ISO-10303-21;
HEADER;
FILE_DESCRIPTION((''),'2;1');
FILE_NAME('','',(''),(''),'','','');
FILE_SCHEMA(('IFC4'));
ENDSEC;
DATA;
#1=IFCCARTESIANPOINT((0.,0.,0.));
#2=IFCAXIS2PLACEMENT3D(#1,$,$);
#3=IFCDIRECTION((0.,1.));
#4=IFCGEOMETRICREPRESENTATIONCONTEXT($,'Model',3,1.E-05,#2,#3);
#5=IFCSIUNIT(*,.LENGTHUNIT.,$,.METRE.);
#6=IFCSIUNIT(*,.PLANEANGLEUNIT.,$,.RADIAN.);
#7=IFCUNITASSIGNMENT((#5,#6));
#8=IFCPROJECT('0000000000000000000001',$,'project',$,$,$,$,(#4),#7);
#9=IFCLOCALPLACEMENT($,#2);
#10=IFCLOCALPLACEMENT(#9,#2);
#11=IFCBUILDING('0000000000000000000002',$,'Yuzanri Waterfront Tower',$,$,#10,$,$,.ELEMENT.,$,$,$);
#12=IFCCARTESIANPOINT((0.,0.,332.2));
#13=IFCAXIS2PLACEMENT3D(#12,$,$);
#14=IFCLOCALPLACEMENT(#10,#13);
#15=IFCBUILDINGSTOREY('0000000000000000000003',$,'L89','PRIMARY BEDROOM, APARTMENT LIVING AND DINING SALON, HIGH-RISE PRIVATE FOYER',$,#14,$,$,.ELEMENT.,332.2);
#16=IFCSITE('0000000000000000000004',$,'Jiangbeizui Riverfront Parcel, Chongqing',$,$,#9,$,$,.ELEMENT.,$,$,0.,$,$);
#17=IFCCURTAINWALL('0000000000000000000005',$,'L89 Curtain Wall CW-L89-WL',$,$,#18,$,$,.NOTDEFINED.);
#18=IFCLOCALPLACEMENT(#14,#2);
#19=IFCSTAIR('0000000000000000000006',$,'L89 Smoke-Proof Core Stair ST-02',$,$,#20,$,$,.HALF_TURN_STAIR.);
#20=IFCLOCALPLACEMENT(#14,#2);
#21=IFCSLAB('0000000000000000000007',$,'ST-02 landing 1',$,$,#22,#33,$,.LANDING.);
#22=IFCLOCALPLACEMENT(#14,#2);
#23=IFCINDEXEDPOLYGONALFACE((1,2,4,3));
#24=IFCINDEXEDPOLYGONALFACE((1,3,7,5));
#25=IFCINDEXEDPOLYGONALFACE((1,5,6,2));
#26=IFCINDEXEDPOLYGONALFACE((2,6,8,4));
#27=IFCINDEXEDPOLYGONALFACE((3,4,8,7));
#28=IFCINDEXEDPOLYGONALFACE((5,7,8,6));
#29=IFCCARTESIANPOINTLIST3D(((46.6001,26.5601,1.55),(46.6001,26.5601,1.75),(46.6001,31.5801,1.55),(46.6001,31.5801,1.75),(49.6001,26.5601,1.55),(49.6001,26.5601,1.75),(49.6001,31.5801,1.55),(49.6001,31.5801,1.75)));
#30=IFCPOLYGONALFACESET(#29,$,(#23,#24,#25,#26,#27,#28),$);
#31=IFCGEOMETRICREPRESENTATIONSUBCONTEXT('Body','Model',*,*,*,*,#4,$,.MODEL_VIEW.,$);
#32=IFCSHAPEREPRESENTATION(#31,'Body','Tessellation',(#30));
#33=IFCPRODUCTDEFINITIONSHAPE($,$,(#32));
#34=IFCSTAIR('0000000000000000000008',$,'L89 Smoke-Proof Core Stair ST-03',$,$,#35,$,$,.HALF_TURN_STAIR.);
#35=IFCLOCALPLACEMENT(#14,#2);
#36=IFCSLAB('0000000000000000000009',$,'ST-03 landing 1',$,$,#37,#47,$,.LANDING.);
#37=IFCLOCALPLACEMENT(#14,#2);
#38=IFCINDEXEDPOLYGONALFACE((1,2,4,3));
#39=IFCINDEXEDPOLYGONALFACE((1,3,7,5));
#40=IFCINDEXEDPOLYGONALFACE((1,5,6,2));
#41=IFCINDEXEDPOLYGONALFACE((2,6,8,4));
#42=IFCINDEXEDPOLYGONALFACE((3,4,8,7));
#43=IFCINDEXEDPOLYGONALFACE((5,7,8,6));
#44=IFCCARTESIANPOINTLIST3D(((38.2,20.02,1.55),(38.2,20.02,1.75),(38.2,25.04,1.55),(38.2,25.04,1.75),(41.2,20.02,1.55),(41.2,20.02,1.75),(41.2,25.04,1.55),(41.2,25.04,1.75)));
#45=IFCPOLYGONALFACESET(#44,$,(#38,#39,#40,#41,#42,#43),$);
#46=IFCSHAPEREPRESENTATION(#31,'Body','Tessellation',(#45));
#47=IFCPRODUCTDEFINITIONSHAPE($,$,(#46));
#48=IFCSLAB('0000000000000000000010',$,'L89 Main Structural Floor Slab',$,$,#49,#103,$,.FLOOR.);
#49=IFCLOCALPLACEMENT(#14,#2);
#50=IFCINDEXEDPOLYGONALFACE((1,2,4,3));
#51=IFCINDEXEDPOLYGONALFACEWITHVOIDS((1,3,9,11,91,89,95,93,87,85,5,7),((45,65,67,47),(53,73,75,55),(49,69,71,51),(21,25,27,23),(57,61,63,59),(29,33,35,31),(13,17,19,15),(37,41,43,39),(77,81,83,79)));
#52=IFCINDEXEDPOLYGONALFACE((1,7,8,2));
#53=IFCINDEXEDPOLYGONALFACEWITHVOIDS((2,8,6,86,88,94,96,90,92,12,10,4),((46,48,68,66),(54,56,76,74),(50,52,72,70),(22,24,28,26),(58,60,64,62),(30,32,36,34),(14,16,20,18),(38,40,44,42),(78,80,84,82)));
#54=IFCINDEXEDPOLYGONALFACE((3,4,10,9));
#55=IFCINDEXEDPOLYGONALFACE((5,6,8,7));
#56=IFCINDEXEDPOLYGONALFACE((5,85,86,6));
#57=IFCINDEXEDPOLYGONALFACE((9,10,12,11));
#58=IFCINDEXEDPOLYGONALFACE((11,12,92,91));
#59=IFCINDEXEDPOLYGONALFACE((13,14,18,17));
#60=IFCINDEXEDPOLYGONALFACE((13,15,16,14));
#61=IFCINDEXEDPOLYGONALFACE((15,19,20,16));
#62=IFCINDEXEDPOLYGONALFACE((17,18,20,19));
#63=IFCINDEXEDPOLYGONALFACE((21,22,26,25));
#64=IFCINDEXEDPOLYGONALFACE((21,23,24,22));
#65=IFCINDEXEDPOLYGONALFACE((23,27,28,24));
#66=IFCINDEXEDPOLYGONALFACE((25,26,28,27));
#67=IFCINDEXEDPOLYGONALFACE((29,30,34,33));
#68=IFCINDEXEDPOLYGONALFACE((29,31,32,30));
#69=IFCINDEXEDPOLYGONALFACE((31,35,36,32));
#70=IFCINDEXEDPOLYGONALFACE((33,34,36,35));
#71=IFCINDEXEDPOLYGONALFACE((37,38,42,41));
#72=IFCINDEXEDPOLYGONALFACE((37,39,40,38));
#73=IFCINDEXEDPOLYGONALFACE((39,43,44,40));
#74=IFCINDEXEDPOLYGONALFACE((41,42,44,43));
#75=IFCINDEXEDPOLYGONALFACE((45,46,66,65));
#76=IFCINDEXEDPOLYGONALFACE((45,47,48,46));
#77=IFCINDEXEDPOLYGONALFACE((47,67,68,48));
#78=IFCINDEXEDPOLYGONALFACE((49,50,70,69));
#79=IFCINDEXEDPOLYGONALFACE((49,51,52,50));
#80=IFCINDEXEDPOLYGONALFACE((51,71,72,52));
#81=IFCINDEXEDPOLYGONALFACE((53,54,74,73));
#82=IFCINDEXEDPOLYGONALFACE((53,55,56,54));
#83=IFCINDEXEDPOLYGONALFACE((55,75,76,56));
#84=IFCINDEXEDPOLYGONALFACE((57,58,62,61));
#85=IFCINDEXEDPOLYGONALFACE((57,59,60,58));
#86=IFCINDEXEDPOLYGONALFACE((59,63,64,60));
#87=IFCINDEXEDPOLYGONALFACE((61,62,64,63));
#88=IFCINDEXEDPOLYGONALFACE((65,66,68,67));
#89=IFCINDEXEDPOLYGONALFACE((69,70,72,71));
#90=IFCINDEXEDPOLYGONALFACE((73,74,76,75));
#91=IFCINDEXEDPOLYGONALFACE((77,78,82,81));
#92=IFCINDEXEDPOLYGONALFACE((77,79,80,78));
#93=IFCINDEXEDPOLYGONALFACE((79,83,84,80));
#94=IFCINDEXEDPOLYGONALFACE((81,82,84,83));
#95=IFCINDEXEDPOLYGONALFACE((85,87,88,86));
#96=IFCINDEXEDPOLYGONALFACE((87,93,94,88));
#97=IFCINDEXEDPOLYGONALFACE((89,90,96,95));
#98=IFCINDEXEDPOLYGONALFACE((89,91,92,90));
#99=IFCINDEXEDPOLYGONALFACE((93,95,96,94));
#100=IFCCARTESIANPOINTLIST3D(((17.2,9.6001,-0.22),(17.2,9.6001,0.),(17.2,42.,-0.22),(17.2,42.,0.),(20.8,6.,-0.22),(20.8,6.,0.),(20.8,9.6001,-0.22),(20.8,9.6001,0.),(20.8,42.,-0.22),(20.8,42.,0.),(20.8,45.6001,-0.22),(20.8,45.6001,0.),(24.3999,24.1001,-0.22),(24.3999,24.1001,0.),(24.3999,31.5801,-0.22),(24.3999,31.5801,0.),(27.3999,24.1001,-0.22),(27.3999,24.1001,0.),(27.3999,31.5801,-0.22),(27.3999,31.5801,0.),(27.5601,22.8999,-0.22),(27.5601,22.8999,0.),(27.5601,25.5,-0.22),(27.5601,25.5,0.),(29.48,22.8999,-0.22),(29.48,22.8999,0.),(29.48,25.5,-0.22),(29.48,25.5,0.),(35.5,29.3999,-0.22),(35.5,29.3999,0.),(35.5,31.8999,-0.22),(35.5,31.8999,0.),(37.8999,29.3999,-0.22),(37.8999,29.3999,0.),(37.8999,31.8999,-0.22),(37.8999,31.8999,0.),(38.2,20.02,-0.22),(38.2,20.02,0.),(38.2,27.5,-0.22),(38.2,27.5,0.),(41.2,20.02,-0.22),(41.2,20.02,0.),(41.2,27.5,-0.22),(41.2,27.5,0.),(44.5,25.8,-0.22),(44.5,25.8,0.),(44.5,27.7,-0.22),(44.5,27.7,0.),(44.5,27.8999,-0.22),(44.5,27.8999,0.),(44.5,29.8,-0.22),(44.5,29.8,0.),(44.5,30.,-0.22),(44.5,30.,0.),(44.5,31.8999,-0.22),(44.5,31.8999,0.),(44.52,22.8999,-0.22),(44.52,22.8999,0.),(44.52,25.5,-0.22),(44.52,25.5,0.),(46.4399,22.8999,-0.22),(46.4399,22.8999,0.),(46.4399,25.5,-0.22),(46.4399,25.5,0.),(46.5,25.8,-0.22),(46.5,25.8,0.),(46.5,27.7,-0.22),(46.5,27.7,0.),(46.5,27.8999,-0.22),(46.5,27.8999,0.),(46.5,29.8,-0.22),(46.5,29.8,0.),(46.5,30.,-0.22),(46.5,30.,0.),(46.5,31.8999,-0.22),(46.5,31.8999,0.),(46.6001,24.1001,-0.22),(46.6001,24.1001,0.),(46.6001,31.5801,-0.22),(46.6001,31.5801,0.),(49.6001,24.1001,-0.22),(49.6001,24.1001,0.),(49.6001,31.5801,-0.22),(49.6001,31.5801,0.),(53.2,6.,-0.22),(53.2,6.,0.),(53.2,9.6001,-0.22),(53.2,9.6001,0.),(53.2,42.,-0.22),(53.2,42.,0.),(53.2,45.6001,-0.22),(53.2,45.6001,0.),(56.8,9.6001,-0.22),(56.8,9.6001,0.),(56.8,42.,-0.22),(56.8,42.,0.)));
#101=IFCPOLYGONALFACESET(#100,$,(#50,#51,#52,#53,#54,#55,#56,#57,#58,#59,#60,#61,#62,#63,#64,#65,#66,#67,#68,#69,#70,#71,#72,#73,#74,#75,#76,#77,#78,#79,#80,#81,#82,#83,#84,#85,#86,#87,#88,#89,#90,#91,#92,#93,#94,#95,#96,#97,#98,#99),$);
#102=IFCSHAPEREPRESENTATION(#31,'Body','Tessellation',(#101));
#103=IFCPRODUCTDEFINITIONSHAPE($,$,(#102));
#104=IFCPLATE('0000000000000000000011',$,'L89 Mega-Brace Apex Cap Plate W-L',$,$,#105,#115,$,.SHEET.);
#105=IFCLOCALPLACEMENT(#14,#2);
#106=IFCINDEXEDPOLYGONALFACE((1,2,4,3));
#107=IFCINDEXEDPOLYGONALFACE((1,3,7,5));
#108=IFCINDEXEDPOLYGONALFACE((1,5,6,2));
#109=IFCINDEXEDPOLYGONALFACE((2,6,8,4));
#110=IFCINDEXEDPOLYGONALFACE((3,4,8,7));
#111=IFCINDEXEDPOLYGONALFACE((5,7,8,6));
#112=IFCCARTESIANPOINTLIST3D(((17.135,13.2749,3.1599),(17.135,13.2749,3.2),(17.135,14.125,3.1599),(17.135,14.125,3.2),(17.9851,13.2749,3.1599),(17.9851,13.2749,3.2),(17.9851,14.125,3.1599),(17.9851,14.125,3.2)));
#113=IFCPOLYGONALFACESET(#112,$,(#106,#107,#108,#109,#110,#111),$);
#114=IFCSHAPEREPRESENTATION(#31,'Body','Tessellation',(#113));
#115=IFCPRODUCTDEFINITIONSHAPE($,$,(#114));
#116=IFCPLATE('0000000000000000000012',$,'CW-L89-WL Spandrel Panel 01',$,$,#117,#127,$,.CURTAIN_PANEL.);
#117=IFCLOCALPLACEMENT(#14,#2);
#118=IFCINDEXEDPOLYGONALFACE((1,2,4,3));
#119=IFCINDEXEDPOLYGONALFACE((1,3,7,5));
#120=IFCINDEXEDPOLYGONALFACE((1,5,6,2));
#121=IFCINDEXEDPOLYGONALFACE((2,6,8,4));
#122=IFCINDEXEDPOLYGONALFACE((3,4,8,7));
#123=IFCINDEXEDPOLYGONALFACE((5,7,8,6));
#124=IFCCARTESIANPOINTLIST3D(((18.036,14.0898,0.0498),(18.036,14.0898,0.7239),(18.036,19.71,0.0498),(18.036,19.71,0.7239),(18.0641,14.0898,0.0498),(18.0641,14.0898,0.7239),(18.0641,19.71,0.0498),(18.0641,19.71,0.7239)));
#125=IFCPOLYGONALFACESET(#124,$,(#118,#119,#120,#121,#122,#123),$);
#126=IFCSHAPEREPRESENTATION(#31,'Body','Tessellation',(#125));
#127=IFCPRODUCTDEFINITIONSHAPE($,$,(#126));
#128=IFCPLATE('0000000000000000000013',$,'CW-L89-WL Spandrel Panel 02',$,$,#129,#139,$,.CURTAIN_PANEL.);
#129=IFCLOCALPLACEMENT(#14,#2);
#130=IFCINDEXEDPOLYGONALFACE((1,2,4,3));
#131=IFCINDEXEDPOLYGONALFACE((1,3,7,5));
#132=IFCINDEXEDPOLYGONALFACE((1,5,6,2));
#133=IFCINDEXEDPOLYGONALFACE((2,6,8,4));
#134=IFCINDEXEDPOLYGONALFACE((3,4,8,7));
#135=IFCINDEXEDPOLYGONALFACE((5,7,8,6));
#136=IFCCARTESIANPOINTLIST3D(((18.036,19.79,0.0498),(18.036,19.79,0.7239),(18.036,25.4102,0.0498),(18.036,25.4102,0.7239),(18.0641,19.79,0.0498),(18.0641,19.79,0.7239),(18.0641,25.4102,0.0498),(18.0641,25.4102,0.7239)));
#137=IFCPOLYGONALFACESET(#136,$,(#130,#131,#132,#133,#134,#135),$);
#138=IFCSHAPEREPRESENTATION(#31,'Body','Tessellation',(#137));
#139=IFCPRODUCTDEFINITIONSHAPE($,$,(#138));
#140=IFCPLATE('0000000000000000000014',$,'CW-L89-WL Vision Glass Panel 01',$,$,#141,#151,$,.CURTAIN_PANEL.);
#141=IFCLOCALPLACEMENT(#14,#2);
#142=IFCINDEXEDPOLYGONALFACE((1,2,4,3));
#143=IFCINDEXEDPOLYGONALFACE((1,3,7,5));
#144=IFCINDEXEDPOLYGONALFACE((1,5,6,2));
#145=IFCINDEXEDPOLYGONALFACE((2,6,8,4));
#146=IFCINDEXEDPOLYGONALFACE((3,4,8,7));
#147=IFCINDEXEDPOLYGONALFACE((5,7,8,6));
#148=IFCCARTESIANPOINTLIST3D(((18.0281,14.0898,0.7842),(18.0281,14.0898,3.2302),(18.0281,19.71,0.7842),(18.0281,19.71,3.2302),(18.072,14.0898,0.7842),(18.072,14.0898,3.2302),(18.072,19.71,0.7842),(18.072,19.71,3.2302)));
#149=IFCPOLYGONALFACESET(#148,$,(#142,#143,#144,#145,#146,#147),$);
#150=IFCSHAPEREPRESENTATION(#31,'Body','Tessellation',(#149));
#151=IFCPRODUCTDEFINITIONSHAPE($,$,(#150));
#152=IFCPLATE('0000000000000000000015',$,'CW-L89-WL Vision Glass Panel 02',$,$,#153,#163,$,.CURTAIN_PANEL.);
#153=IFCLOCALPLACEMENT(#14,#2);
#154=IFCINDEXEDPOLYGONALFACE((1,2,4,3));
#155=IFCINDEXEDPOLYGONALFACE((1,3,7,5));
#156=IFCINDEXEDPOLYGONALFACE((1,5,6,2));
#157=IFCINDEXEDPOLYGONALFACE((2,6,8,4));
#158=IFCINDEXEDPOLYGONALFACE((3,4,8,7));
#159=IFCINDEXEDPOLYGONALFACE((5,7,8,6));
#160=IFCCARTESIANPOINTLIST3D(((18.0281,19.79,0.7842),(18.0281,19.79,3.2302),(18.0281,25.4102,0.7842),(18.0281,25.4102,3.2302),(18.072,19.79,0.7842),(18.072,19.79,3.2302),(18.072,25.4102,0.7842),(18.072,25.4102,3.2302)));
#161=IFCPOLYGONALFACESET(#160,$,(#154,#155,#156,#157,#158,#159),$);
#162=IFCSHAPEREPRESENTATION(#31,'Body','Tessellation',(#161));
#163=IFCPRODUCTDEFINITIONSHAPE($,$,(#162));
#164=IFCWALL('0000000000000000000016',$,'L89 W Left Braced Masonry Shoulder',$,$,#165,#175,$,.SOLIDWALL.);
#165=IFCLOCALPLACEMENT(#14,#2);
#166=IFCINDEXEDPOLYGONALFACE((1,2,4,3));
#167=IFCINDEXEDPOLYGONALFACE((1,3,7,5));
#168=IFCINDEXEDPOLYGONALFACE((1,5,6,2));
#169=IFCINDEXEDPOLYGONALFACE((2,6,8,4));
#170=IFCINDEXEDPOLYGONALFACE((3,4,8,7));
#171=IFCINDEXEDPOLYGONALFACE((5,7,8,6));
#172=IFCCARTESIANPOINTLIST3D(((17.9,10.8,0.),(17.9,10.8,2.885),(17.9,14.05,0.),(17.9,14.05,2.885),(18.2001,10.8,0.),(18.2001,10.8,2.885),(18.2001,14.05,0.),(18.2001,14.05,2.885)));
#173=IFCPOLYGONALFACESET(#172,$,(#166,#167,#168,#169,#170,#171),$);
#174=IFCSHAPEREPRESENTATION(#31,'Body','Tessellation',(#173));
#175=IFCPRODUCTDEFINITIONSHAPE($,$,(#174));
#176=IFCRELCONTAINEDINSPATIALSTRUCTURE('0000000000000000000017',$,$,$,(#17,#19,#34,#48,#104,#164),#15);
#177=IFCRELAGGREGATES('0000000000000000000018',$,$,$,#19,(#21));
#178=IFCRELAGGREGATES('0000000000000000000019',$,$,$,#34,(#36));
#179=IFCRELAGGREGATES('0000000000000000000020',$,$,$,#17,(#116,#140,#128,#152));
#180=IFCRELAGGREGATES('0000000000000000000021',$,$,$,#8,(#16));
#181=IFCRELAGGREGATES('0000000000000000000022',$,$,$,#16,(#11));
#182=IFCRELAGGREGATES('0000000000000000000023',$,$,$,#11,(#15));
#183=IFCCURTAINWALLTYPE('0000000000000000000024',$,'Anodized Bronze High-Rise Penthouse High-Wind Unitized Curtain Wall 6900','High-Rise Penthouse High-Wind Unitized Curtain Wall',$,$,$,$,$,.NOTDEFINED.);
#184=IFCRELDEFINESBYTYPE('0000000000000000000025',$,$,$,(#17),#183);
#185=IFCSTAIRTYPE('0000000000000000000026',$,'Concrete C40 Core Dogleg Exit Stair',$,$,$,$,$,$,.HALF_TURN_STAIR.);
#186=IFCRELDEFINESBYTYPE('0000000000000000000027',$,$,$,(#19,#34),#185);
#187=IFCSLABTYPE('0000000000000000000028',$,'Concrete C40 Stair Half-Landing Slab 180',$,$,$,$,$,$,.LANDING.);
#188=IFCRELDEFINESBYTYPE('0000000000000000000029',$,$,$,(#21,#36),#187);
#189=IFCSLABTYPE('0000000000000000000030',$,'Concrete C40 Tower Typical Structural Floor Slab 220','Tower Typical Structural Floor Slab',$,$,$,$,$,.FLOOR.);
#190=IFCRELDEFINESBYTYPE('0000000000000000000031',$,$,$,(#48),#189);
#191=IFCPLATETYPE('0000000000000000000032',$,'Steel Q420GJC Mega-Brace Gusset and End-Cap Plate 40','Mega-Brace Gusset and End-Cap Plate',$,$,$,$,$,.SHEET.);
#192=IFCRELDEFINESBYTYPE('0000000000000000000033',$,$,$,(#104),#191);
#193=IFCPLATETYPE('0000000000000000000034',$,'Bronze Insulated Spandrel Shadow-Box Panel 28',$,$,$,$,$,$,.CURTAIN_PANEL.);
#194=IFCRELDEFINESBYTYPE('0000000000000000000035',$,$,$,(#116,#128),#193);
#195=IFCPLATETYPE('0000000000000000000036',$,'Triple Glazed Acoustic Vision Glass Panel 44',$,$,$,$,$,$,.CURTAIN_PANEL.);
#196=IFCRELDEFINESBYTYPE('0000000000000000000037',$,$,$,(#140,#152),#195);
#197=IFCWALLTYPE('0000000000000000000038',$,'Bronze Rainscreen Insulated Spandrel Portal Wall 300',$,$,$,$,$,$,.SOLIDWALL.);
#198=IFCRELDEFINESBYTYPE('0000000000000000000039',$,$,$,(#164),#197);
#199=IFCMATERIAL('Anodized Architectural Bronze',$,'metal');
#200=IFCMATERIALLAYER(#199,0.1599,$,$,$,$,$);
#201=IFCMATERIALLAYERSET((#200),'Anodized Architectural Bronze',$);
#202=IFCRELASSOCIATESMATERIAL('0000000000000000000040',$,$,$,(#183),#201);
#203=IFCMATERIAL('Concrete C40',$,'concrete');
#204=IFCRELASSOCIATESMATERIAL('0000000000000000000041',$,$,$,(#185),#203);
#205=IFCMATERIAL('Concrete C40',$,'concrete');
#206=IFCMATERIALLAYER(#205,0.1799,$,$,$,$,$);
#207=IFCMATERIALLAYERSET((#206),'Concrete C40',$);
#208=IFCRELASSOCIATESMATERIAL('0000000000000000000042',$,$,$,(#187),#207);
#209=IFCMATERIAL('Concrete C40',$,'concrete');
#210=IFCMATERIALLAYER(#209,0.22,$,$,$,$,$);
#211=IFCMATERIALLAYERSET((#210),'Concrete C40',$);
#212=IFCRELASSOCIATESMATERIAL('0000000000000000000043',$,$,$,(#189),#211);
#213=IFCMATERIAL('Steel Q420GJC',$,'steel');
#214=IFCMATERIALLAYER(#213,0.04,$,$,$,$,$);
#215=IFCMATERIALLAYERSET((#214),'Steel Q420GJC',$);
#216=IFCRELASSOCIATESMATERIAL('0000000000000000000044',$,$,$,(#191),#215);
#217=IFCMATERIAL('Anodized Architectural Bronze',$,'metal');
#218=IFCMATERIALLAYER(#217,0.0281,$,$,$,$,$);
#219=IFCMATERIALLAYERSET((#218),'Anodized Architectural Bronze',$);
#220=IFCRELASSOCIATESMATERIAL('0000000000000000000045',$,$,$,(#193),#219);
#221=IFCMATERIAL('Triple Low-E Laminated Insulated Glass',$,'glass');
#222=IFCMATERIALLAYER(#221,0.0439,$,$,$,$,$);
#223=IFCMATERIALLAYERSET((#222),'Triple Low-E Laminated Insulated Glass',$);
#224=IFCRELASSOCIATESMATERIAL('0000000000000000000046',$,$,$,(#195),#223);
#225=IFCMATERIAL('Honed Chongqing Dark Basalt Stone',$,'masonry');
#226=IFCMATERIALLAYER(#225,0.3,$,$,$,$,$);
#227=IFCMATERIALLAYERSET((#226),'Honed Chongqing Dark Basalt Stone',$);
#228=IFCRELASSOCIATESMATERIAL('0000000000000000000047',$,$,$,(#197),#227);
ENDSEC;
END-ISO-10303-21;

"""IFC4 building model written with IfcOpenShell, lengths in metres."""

from ifc_helpers import new_model, si_unit, direction, frame, frame_2d, origin, origin_2d, place, context, subcontext, project, spatial, polyline, rectangle, outline, extrude, source, transform, mapped, material, layer, layer_set, type_object, element, aggregate, save


model = new_model("IFC4")

# Units and contexts
model_context = context("Model", 3, precision=1e-05, world=origin(), true_north=direction((0.0, 1.0)))
body_context = subcontext(model_context, "Body", "Model", "MODEL_VIEW")
ifc_project = project(units=[si_unit("LENGTHUNIT", "METRE"), si_unit("PLANEANGLEUNIT", "RADIAN")], contexts=[model_context])

# Site, building, storey
site_placement = place(None, origin())
site = spatial("IfcSite", under=ifc_project, at=site_placement, Name="Jiangbeizui Riverfront Parcel, Chongqing", CompositionType="ELEMENT", RefElevation=0.0)
building_placement = place(site_placement, origin())
building = spatial("IfcBuilding", under=site, at=building_placement, Name="Yuzanri Waterfront Tower", CompositionType="ELEMENT")
storey_placement = place(building_placement, frame((0.0, 0.0, 332.2)))
storey = spatial("IfcBuildingStorey", under=building, at=storey_placement, Name="L89", Description="PRIMARY BEDROOM, APARTMENT LIVING AND DINING SALON, HIGH-RISE PRIVATE FOYER", CompositionType="ELEMENT", Elevation=332.2)

# Curtain wall
ifc_material_1 = material(Name="Anodized Architectural Bronze", Category="metal")
ifc_layer_1 = layer(ifc_material_1, 0.1599)
ifc_layer_set_1 = layer_set([ifc_layer_1], Name="Anodized Architectural Bronze")
curtain_wall_type = type_object("IfcCurtainWallType", Name="Anodized Bronze High-Rise Penthouse High-Wind Unitized Curtain Wall 6900", Description="High-Rise Penthouse High-Wind Unitized Curtain Wall", PredefinedType="NOTDEFINED", material=ifc_layer_set_1)
curtain_wall_placement = place(storey_placement, origin())
curtain_wall = element("IfcCurtainWall", 1, at=curtain_wall_placement, inside=storey, type_object=curtain_wall_type, Name="L89 Curtain Wall CW-L89-WL", PredefinedType="NOTDEFINED")

# Stairs, slabs
ifc_material_2 = material(Name="Concrete C40", Category="concrete")
stair_type = type_object("IfcStairType", Name="Concrete C40 Core Dogleg Exit Stair", PredefinedType="HALF_TURN_STAIR", material=ifc_material_2)
ifc_material_3 = material(Name="Concrete C40", Category="concrete")
ifc_layer_2 = layer(ifc_material_3, 0.1799)
ifc_layer_set_2 = layer_set([ifc_layer_2], Name="Concrete C40")
slab_type_1 = type_object("IfcSlabType", Name="Concrete C40 Stair Half-Landing Slab 180", PredefinedType="LANDING", material=ifc_layer_set_2)
stair_1_placement = place(storey_placement, origin())
stair_1 = element("IfcStair", 2, at=stair_1_placement, inside=storey, type_object=stair_type, Name="L89 Smoke-Proof Core Stair ST-02", PredefinedType="HALF_TURN_STAIR")
slab_1_placement = place(storey_placement, frame((0.0, 0.0, 1.55)))
slab_1 = element("IfcSlab", 3, at=slab_1_placement, type_object=slab_type_1, Name="ST-02 landing 1", PredefinedType="LANDING", context=body_context, shape_type="SweptSolid", body=[
    extrude(outline(polyline([(49.6001, 26.5601), (49.6001, 31.5801), (46.6001, 31.5801), (46.6001, 26.5601), (49.6001, 26.5601)])), origin(), (0.0, 0.0, 1.0), 0.2),
])
aggregate(stair_1, [slab_1])
stair_2_placement = place(storey_placement, origin())
stair_2 = element("IfcStair", 4, at=stair_2_placement, inside=storey, type_object=stair_type, Name="L89 Smoke-Proof Core Stair ST-03", PredefinedType="HALF_TURN_STAIR")
slab_2_placement = place(storey_placement, frame((0.0, 0.0, 1.55)))
slab_2 = element("IfcSlab", 5, at=slab_2_placement, type_object=slab_type_1, Name="ST-03 landing 1", PredefinedType="LANDING", context=body_context, shape_type="SweptSolid", body=[
    extrude(outline(polyline([(38.2, 25.04), (38.2, 20.02), (41.2, 20.02), (41.2, 25.04), (38.2, 25.04)])), origin(), (0.0, 0.0, 1.0), 0.2),
])
aggregate(stair_2, [slab_2])

# Slab
ifc_material_4 = material(Name="Concrete C40", Category="concrete")
ifc_layer_3 = layer(ifc_material_4, 0.22)
ifc_layer_set_3 = layer_set([ifc_layer_3], Name="Concrete C40")
slab_type_2 = type_object("IfcSlabType", Name="Concrete C40 Tower Typical Structural Floor Slab 220", Description="Tower Typical Structural Floor Slab", PredefinedType="FLOOR", material=ifc_layer_set_3)
slab_3_placement = place(storey_placement, frame((0.0, 0.0, -0.22)))
element("IfcSlab", 6, at=slab_3_placement, inside=storey, type_object=slab_type_2, Name="L89 Main Structural Floor Slab", PredefinedType="FLOOR", context=body_context, shape_type="SweptSolid", body=[
    extrude(outline(polyline([(20.8, 6.0), (53.2, 6.0), (53.2, 9.6001), (56.8, 9.6001), (56.8, 42.0), (53.2, 42.0), (53.2, 45.6001), (20.8, 45.6001), (20.8, 42.0), (17.2, 42.0), (17.2, 9.6001), (20.8, 9.6001), (20.8, 6.0)]), holes=[polyline([(27.3999, 24.1001), (27.3999, 31.5801), (24.3999, 31.5801), (24.3999, 24.1001), (27.3999, 24.1001)]), polyline([(49.6001, 24.1001), (49.6001, 31.5801), (46.6001, 31.5801), (46.6001, 24.1001), (49.6001, 24.1001)]), polyline([(38.2, 27.5), (38.2, 20.02), (41.2, 20.02), (41.2, 27.5), (38.2, 27.5)]), polyline([(27.5601, 22.8999), (29.48, 22.8999), (29.48, 25.5), (27.5601, 25.5), (27.5601, 22.8999)]), polyline([(44.52, 22.8999), (46.4399, 22.8999), (46.4399, 25.5), (44.52, 25.5), (44.52, 22.8999)]), polyline([(35.5, 29.3999), (37.8999, 29.3999), (37.8999, 31.8999), (35.5, 31.8999), (35.5, 29.3999)]), polyline([(44.5, 25.8), (46.5, 25.8), (46.5, 27.7), (44.5, 27.7), (44.5, 25.8)]), polyline([(44.5, 27.8999), (46.5, 27.8999), (46.5, 29.8), (44.5, 29.8), (44.5, 27.8999)]), polyline([(44.5, 30.0), (46.5, 30.0), (46.5, 31.8999), (44.5, 31.8999), (44.5, 30.0)])]), origin(), (0.0, 0.0, 1.0), 0.22),
])

# Plates
ifc_material_5 = material(Name="Steel Q420GJC", Category="steel")
ifc_layer_4 = layer(ifc_material_5, 0.04)
ifc_layer_set_4 = layer_set([ifc_layer_4], Name="Steel Q420GJC")
plate_type_1 = type_object("IfcPlateType", Name="Steel Q420GJC Mega-Brace Gusset and End-Cap Plate 40", Description="Mega-Brace Gusset and End-Cap Plate", PredefinedType="SHEET", material=ifc_layer_set_4)
shared_shape_1 = source(origin(), body_context, "Body", "SweptSolid", [
    extrude(rectangle(XDim=0.8501, YDim=0.8501, at=origin_2d()), origin(), (0.0, 0.0, 1.0), 0.04),
])
plate_1_placement = place(storey_placement, frame((17.5601, 13.7, 3.1599), z_axis=(0.0, 0.0, 1.0), x_axis=(1.0, 0.0, 0.0)))
element("IfcPlate", 7, at=plate_1_placement, inside=storey, type_object=plate_type_1, Name="L89 Mega-Brace Apex Cap Plate W-L", PredefinedType="SHEET", context=body_context, shape_type="MappedRepresentation", body=[
    mapped(shared_shape_1, transform((0.0, 0.0, 0.0), scale=1.0)),
])
ifc_material_6 = material(Name="Anodized Architectural Bronze", Category="metal")
ifc_layer_5 = layer(ifc_material_6, 0.0281)
ifc_layer_set_5 = layer_set([ifc_layer_5], Name="Anodized Architectural Bronze")
plate_type_2 = type_object("IfcPlateType", Name="Bronze Insulated Spandrel Shadow-Box Panel 28", PredefinedType="CURTAIN_PANEL", material=ifc_layer_set_5)
shared_shape_2 = source(origin(), body_context, "Body", "SweptSolid", [
    extrude(rectangle(XDim=5.6201, YDim=0.0281, at=origin_2d()), origin(), (0.0, 0.0, 1.0), 0.6741),
])
plate_2_placement = place(storey_placement, frame((18.05, 16.8999, 0.0498), z_axis=(0.0, 0.0, 1.0), x_axis=(0.0, 1.0, 0.0)))
plate_2 = element("IfcPlate", 8, at=plate_2_placement, type_object=plate_type_2, Name="CW-L89-WL Spandrel Panel 01", PredefinedType="CURTAIN_PANEL", context=body_context, shape_type="MappedRepresentation", body=[
    mapped(shared_shape_2, transform((0.0, 0.0, 0.0), scale=1.0)),
])
plate_3_placement = place(storey_placement, frame((18.05, 22.6001, 0.0498), z_axis=(0.0, 0.0, 1.0), x_axis=(0.0, 1.0, 0.0)))
plate_3 = element("IfcPlate", 9, at=plate_3_placement, type_object=plate_type_2, Name="CW-L89-WL Spandrel Panel 02", PredefinedType="CURTAIN_PANEL", context=body_context, shape_type="MappedRepresentation", body=[
    mapped(shared_shape_2, transform((0.0, 0.0, 0.0), scale=1.0)),
])
ifc_material_7 = material(Name="Triple Low-E Laminated Insulated Glass", Category="glass")
ifc_layer_6 = layer(ifc_material_7, 0.0439)
ifc_layer_set_6 = layer_set([ifc_layer_6], Name="Triple Low-E Laminated Insulated Glass")
plate_type_3 = type_object("IfcPlateType", Name="Triple Glazed Acoustic Vision Glass Panel 44", PredefinedType="CURTAIN_PANEL", material=ifc_layer_set_6)
shared_shape_3 = source(origin(), body_context, "Body", "SweptSolid", [
    extrude(rectangle(XDim=5.6201, YDim=0.0439, at=origin_2d()), origin(), (0.0, 0.0, 1.0), 2.446),
])
plate_4_placement = place(storey_placement, frame((18.05, 16.8999, 0.7842), z_axis=(0.0, 0.0, 1.0), x_axis=(0.0, 1.0, 0.0)))
plate_4 = element("IfcPlate", 10, at=plate_4_placement, type_object=plate_type_3, Name="CW-L89-WL Vision Glass Panel 01", PredefinedType="CURTAIN_PANEL", context=body_context, shape_type="MappedRepresentation", body=[
    mapped(shared_shape_3, transform((0.0, 0.0, 0.0), scale=1.0)),
])
plate_5_placement = place(storey_placement, frame((18.05, 22.6001, 0.7842), z_axis=(0.0, 0.0, 1.0), x_axis=(0.0, 1.0, 0.0)))
plate_5 = element("IfcPlate", 11, at=plate_5_placement, type_object=plate_type_3, Name="CW-L89-WL Vision Glass Panel 02", PredefinedType="CURTAIN_PANEL", context=body_context, shape_type="MappedRepresentation", body=[
    mapped(shared_shape_3, transform((0.0, 0.0, 0.0), scale=1.0)),
])
aggregate(curtain_wall, [plate_2, plate_4, plate_3, plate_5])

# Wall
ifc_material_8 = material(Name="Honed Chongqing Dark Basalt Stone", Category="masonry")
ifc_layer_7 = layer(ifc_material_8, 0.3)
ifc_layer_set_7 = layer_set([ifc_layer_7], Name="Honed Chongqing Dark Basalt Stone")
wall_type = type_object("IfcWallType", Name="Bronze Rainscreen Insulated Spandrel Portal Wall 300", PredefinedType="SOLIDWALL", material=ifc_layer_set_7)
shared_shape_4 = source(origin(), body_context, "Body", "SweptSolid", [
    extrude(rectangle(XDim=3.25, YDim=0.3, at=frame_2d((1.625, 0.0))), origin(), (0.0, 0.0, 1.0), 2.885),
])
wall_1_placement = place(storey_placement, frame((18.05, 10.8, 0.0), z_axis=(0.0, 0.0, 1.0), x_axis=(0.0, 1.0, 0.0)))
element("IfcWall", 12, at=wall_1_placement, inside=storey, type_object=wall_type, Name="L89 W Left Braced Masonry Shoulder", PredefinedType="SOLIDWALL", context=body_context, shape_type="MappedRepresentation", body=[
    mapped(shared_shape_4, transform((0.0, 0.0, 0.0), scale=1.0)),
])

save(model, "model.ifc")
